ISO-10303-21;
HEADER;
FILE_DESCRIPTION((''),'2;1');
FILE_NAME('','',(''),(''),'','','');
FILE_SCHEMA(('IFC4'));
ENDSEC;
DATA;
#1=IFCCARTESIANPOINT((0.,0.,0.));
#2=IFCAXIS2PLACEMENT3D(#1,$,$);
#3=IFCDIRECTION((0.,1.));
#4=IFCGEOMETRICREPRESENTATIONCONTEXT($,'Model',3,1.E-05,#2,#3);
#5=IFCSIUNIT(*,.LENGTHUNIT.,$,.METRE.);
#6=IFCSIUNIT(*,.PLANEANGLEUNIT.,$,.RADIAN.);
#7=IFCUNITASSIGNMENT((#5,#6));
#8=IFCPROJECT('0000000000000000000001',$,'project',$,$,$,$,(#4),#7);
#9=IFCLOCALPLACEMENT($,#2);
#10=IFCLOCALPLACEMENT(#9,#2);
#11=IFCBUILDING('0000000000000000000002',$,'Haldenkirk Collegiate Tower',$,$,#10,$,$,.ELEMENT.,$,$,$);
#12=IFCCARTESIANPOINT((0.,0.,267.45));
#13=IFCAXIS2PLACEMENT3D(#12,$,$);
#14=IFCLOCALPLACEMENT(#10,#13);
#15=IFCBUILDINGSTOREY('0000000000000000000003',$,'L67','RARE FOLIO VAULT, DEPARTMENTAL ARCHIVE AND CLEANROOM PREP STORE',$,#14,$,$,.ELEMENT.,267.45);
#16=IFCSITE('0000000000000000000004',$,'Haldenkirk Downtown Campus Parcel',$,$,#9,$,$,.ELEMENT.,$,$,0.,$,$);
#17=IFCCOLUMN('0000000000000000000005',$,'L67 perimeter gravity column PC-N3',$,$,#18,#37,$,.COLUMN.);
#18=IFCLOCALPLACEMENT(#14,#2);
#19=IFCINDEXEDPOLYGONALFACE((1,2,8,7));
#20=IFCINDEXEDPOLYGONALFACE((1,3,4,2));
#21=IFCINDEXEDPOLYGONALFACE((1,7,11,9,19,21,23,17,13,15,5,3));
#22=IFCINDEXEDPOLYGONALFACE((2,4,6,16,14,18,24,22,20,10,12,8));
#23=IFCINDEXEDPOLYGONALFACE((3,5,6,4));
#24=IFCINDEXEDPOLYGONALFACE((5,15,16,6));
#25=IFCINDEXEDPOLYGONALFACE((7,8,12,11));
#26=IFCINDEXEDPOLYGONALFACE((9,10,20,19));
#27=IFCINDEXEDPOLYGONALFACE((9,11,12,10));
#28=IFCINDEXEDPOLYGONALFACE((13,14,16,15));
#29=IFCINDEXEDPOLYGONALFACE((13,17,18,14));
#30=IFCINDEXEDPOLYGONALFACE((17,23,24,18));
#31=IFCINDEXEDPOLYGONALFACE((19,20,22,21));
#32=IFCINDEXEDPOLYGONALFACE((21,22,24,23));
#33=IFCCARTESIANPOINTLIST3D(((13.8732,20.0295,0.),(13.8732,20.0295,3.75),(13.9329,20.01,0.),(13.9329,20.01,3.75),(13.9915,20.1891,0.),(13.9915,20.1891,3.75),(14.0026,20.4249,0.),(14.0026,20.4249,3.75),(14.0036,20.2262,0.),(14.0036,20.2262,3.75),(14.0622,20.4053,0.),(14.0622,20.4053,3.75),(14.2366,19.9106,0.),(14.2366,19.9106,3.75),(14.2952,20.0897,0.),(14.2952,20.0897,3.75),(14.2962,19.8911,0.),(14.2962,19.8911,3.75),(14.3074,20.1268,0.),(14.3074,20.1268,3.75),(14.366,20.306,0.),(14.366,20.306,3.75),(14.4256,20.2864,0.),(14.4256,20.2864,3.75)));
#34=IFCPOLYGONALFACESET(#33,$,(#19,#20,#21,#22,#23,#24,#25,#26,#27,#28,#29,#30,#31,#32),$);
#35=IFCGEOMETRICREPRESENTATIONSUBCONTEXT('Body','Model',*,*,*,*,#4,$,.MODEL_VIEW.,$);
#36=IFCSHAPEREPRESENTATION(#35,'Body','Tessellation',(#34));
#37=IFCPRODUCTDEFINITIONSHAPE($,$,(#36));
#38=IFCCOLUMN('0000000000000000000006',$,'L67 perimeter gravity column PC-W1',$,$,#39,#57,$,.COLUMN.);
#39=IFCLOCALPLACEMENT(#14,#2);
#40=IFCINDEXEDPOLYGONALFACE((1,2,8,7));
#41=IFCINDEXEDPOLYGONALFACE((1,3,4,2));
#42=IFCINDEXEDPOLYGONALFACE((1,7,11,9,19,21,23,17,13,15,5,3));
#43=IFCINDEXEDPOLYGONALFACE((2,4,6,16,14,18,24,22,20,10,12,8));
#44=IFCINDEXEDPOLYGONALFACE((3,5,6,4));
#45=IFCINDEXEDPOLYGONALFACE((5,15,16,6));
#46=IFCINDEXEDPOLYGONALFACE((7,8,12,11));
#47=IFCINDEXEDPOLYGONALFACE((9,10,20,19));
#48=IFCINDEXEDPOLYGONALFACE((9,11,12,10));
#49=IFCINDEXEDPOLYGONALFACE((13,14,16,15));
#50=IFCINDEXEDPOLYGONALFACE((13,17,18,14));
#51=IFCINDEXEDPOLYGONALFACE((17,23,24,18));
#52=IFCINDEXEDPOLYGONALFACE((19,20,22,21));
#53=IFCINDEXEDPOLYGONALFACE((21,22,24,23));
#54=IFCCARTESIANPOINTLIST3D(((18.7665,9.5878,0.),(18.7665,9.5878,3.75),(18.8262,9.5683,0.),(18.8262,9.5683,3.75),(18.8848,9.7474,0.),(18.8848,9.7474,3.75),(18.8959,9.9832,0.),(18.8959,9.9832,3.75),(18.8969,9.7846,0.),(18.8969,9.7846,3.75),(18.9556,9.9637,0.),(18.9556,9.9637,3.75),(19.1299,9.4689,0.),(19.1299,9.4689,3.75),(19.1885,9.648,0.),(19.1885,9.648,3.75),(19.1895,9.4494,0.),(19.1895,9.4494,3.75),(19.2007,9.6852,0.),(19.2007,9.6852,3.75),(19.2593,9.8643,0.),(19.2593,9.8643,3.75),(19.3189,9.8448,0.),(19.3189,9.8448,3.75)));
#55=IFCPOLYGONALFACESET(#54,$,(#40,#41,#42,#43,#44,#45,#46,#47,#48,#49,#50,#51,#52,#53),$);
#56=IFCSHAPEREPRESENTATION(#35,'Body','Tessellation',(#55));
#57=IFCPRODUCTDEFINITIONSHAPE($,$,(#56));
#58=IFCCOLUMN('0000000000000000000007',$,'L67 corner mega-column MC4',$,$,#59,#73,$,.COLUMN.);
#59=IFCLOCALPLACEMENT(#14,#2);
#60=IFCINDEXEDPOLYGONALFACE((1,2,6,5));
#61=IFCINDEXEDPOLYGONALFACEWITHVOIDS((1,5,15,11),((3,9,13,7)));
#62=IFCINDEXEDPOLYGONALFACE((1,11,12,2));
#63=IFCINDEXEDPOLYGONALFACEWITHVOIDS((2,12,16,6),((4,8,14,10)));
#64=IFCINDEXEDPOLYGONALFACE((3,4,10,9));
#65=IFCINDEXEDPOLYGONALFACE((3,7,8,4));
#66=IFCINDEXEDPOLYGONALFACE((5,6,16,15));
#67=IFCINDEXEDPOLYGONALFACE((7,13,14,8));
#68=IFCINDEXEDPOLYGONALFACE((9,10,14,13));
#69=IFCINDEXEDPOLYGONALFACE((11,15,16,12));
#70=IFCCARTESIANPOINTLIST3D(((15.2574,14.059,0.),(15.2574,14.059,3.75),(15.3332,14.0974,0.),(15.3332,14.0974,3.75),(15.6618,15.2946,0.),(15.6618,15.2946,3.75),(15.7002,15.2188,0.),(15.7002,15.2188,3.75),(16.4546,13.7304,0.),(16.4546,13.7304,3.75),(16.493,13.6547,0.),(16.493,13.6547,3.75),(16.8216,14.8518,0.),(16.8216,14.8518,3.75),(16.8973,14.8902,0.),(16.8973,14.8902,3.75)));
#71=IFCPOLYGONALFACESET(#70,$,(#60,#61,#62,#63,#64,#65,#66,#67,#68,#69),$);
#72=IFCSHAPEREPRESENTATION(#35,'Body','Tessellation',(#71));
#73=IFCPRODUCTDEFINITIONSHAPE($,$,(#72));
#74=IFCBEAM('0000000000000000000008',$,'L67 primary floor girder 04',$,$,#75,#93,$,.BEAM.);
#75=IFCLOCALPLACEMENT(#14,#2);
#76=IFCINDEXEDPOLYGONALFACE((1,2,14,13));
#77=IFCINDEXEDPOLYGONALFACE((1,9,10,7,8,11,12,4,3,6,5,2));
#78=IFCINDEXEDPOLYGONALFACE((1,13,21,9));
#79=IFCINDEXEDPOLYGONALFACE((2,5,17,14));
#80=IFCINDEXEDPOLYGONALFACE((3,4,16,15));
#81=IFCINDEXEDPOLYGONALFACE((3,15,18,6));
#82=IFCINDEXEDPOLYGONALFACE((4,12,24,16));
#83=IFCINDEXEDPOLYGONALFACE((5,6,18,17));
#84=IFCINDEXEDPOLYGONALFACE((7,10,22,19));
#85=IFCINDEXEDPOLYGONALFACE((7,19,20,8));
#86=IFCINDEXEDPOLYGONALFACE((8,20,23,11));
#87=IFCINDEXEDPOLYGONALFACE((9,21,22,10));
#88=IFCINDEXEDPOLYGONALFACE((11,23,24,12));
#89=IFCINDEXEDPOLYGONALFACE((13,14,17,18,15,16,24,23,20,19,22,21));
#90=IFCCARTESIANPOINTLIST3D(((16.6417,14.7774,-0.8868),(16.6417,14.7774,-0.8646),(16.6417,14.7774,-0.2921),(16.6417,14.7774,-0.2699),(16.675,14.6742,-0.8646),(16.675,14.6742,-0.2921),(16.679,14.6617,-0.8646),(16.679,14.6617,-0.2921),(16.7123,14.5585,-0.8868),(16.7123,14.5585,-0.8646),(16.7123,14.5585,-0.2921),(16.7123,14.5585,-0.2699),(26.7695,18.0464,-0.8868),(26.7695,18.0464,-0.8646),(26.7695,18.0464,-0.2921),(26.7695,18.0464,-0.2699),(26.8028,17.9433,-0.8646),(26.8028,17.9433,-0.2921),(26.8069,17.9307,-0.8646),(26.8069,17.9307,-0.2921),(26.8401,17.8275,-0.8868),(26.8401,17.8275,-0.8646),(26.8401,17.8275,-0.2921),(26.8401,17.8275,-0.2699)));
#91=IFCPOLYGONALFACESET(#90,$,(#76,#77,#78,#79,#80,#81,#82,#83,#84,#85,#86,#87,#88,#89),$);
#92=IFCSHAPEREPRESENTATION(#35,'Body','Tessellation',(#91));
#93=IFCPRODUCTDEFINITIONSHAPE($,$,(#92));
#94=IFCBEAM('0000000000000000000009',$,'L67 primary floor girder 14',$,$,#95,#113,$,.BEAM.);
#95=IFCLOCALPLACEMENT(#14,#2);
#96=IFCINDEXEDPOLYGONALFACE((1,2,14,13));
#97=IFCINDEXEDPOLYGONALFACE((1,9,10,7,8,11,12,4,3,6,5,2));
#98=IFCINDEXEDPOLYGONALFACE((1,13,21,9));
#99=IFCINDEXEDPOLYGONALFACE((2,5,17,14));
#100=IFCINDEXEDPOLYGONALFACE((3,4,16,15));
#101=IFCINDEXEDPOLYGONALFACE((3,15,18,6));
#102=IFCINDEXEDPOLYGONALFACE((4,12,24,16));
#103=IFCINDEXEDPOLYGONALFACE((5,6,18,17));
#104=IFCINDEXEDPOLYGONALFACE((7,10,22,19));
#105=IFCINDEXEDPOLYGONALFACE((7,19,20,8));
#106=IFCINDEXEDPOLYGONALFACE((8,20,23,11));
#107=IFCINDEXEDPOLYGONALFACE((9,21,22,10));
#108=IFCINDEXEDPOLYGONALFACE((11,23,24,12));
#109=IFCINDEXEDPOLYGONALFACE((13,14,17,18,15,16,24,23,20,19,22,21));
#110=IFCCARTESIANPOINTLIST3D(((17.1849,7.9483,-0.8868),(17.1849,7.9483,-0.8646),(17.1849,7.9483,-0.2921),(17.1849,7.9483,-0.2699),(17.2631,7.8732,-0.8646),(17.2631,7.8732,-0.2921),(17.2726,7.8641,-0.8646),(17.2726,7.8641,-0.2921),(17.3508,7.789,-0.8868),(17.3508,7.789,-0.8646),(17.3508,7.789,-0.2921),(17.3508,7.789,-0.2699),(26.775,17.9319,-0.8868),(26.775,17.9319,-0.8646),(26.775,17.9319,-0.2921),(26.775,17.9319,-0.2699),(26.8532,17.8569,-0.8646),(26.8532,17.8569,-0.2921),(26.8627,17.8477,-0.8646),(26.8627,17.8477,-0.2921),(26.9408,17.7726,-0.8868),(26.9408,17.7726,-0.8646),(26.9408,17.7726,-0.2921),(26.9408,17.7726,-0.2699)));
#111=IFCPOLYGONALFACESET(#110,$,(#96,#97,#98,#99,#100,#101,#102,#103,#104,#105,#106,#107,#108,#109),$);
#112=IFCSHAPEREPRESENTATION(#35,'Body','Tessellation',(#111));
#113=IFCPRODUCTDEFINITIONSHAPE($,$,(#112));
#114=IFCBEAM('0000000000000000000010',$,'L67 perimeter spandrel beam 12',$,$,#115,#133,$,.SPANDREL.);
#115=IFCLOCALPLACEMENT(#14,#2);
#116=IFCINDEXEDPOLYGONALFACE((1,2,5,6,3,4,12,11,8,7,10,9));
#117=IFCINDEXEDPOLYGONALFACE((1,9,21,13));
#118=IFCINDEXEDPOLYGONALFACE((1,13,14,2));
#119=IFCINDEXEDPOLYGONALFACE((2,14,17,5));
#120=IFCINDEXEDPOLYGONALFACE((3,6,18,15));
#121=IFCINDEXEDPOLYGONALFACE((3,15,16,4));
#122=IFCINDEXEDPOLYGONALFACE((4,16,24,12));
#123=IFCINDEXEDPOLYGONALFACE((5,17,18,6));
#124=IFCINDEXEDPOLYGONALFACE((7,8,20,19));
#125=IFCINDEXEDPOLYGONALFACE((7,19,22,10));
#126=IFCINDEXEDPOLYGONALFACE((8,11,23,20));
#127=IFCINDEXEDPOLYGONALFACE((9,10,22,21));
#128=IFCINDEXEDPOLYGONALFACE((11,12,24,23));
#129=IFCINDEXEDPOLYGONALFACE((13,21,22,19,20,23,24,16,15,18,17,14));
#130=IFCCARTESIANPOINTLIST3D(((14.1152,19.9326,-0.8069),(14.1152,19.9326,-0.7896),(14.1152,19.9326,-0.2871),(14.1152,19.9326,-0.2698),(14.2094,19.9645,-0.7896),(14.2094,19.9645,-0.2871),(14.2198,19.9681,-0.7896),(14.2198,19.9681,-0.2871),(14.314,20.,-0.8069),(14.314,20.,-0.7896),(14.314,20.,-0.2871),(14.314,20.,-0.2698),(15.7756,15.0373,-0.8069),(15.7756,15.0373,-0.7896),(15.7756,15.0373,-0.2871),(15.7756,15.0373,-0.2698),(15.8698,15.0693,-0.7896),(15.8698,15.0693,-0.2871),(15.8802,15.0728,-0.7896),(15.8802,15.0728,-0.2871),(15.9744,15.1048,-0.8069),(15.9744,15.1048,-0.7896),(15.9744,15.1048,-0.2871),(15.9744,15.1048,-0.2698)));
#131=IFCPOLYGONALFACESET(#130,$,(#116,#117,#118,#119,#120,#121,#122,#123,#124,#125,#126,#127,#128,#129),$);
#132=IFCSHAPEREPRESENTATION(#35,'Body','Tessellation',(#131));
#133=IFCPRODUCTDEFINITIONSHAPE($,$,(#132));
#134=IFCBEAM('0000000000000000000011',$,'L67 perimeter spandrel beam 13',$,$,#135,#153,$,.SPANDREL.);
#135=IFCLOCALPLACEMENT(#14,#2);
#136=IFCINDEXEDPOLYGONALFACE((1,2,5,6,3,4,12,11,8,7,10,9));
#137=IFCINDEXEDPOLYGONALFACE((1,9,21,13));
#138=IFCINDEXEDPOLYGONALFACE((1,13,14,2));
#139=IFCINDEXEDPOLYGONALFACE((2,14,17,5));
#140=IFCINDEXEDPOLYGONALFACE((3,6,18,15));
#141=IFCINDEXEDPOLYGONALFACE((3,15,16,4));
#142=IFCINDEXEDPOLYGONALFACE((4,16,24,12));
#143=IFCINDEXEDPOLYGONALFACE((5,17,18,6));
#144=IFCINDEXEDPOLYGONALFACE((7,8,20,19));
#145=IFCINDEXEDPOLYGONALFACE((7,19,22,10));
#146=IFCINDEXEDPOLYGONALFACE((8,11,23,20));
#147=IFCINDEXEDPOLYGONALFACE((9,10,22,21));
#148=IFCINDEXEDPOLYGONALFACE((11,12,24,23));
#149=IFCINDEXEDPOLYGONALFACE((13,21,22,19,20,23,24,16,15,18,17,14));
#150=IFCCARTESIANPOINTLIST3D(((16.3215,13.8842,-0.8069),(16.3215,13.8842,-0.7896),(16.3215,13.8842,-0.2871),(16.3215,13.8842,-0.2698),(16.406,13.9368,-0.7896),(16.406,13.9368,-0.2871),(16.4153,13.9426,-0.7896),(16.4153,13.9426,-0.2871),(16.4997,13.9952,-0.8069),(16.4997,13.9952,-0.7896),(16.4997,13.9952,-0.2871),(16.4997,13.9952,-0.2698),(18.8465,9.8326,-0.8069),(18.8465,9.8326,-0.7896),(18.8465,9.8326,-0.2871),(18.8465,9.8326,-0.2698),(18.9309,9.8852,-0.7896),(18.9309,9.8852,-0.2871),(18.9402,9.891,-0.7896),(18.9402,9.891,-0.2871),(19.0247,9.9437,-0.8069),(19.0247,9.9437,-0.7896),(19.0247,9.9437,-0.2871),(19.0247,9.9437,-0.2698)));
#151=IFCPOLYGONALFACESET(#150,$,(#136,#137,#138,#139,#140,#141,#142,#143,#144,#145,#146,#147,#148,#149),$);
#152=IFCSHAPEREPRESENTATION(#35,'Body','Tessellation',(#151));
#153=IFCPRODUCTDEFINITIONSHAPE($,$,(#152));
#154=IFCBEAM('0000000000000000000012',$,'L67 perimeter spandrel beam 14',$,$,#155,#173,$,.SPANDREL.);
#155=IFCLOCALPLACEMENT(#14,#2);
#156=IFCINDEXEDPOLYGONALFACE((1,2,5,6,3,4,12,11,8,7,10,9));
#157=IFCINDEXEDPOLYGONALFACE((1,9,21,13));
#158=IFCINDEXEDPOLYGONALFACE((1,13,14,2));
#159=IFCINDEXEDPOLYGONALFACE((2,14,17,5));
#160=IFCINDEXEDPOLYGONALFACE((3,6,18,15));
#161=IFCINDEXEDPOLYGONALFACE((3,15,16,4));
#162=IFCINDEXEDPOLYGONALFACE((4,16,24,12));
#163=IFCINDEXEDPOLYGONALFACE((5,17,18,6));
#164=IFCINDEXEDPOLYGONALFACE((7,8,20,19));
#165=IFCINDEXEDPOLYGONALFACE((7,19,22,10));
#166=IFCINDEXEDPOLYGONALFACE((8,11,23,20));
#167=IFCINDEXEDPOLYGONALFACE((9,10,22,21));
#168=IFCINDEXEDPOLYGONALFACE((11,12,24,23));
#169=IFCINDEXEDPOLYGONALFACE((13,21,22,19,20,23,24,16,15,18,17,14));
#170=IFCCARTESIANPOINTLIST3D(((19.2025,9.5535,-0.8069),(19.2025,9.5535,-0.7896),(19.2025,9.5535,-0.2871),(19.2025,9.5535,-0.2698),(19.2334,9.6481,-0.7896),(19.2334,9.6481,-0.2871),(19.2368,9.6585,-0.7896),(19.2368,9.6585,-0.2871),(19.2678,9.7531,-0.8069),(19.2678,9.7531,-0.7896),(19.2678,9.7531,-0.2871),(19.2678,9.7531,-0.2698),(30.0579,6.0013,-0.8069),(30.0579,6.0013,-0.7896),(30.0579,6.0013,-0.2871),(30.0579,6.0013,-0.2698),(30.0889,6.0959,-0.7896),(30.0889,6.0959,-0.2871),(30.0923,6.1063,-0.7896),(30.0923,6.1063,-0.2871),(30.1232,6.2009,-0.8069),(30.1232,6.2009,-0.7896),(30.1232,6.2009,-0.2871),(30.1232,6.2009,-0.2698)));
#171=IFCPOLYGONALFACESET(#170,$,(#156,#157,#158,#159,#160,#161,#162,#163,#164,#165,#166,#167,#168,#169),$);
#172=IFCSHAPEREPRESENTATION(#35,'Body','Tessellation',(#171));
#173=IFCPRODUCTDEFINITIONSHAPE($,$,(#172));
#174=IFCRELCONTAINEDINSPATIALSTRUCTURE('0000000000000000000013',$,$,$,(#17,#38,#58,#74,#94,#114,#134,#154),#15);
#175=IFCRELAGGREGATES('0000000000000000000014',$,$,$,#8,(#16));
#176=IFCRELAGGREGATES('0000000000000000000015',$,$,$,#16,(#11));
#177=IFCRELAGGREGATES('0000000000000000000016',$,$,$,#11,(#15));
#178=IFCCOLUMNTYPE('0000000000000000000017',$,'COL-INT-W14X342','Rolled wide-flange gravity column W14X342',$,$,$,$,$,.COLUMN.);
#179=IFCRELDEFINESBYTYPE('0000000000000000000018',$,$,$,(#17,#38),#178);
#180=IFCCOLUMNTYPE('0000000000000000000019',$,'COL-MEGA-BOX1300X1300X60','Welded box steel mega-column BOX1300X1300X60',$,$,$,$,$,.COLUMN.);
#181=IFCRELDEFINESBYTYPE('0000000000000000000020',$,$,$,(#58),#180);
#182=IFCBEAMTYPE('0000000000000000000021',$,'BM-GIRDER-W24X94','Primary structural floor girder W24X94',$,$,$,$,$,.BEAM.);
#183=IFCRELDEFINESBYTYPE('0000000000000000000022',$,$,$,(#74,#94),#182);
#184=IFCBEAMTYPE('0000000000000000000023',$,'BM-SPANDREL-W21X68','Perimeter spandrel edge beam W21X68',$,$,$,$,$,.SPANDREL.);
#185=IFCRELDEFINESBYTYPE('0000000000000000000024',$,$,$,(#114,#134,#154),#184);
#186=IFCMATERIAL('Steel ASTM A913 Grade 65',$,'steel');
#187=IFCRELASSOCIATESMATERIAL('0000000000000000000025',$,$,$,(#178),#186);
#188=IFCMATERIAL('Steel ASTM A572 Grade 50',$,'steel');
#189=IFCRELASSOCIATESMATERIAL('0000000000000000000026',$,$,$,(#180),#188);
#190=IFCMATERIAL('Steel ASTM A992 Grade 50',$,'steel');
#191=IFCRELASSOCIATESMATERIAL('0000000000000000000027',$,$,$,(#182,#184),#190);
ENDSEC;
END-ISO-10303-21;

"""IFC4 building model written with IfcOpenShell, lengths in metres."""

from ifc_helpers import new_model, si_unit, direction, frame, origin, origin_2d, place, context, subcontext, project, spatial, hollow_rectangle, i_section, extrude, material, material_profile, profile_set, type_object, element, save


model = new_model("IFC4")

# Units and contexts
model_context = context("Model", 3, precision=1e-05, world=origin(), true_north=direction((0.0, 1.0)))
body_context = subcontext(model_context, "Body", "Model", "MODEL_VIEW")
ifc_project = project(units=[si_unit("LENGTHUNIT", "METRE"), si_unit("PLANEANGLEUNIT", "RADIAN")], contexts=[model_context])

# Site, building, storey
site_placement = place(None, origin())
site = spatial("IfcSite", under=ifc_project, at=site_placement, Name="Haldenkirk Downtown Campus Parcel", CompositionType="ELEMENT", RefElevation=0.0)
building_placement = place(site_placement, origin())
building = spatial("IfcBuilding", under=site, at=building_placement, Name="Haldenkirk Collegiate Tower", CompositionType="ELEMENT")
storey_placement = place(building_placement, frame((0.0, 0.0, 267.45)))
storey = spatial("IfcBuildingStorey", under=building, at=storey_placement, Name="L67", Description="RARE FOLIO VAULT, DEPARTMENTAL ARCHIVE AND CLEANROOM PREP STORE", CompositionType="ELEMENT", Elevation=267.45)

# Columns
ifc_material_1 = material(Name="Steel ASTM A913 Grade 65", Category="steel")
ifc_material_profile_1 = material_profile(ifc_material_1, i_section(OverallWidth=0.416, OverallDepth=0.4451, WebThickness=0.0391, FlangeThickness=0.0627, at=origin_2d()), Name="W14X342")
ifc_profile_set_1 = profile_set([ifc_material_profile_1], Name="Steel ASTM A913 Grade 65")
column_type_1 = type_object("IfcColumnType", Name="COL-INT-W14X342", Description="Rolled wide-flange gravity column W14X342", PredefinedType="COLUMN", material=ifc_profile_set_1)
for number, where, z_axis, x_axis, name in (
    (1, (14.1494, 20.158, 0.0), (0.0, 0.0, 1.0), (0.311008, 0.950407, 0.0), "L67 perimeter gravity column PC-N3"),
    (2, (19.0427, 9.7163, 0.0), (0.0, 0.0, 1.0), (0.311008, 0.950407, 0.0), "L67 perimeter gravity column PC-W1"),
):
    element("IfcColumn", number, at=place(storey_placement, frame(where, z_axis=z_axis, x_axis=x_axis)), inside=storey, type_object=column_type_1, Name=name, PredefinedType="COLUMN", context=body_context, shape_type="SweptSolid", body=[
        extrude(i_section(OverallWidth=0.416, OverallDepth=0.4451, WebThickness=0.0391, FlangeThickness=0.0627, at=origin_2d()), origin(), (0.0, 0.0, 1.0), 3.75),
    ])
ifc_material_2 = material(Name="Steel ASTM A572 Grade 50", Category="steel")
ifc_material_profile_2 = material_profile(ifc_material_2, hollow_rectangle(XDim=1.3, YDim=1.3, WallThickness=0.0601, at=origin_2d()), Name="BOX1300X1300X60")
ifc_profile_set_2 = profile_set([ifc_material_profile_2], Name="Steel ASTM A572 Grade 50")
column_type_2 = type_object("IfcColumnType", Name="COL-MEGA-BOX1300X1300X60", Description="Welded box steel mega-column BOX1300X1300X60", PredefinedType="COLUMN", material=ifc_profile_set_2)
column_placement = place(storey_placement, frame((16.0774, 14.4746, 0.0), z_axis=(0.0, 0.0, 1.0), x_axis=(0.311008, 0.950407, 0.0)))
element("IfcColumn", 3, at=column_placement, inside=storey, type_object=column_type_2, Name="L67 corner mega-column MC4", PredefinedType="COLUMN", context=body_context, shape_type="SweptSolid", body=[
    extrude(hollow_rectangle(XDim=1.3, YDim=1.3, WallThickness=0.0601, at=origin_2d()), origin(), (0.0, 0.0, 1.0), 3.75),
])

# Beams
ifc_material_3 = material(Name="Steel ASTM A992 Grade 50", Category="steel")
ifc_material_profile_3 = material_profile(ifc_material_3, i_section(OverallWidth=0.23, OverallDepth=0.6169, WebThickness=0.0132, FlangeThickness=0.0222, at=origin_2d()), Name="W24X94")
ifc_profile_set_3 = profile_set([ifc_material_profile_3], Name="Steel ASTM A992 Grade 50")
beam_type_1 = type_object("IfcBeamType", Name="BM-GIRDER-W24X94", Description="Primary structural floor girder W24X94", PredefinedType="BEAM", material=ifc_profile_set_3)
beam_1_placement = place(storey_placement, frame((16.677, 14.668, -0.5784), z_axis=(0.951655, 0.30717, 0.0), x_axis=(-0.30717, 0.951655, 0.0)))
element("IfcBeam", 4, at=beam_1_placement, inside=storey, type_object=beam_type_1, Name="L67 primary floor girder 04", PredefinedType="BEAM", context=body_context, shape_type="SweptSolid", body=[
    extrude(i_section(OverallWidth=0.23, OverallDepth=0.6169, WebThickness=0.0132, FlangeThickness=0.0222, at=origin_2d()), origin(), (0.0, 0.0, 1.0), 10.6423),
])
beam_2_placement = place(storey_placement, frame((17.2678, 7.8687, -0.5784), z_axis=(0.692749, 0.721178, 0.0), x_axis=(-0.721178, 0.692749, 0.0)))
element("IfcBeam", 5, at=beam_2_placement, inside=storey, type_object=beam_type_1, Name="L67 primary floor girder 14", PredefinedType="BEAM", context=body_context, shape_type="SweptSolid", body=[
    extrude(i_section(OverallWidth=0.23, OverallDepth=0.6169, WebThickness=0.0132, FlangeThickness=0.0222, at=origin_2d()), origin(), (0.0, 0.0, 1.0), 13.8435),
])
ifc_material_profile_4 = material_profile(ifc_material_3, i_section(OverallWidth=0.21, OverallDepth=0.5371, WebThickness=0.011, FlangeThickness=0.0173, at=origin_2d()), Name="W21X68")
ifc_profile_set_4 = profile_set([ifc_material_profile_4], Name="Steel ASTM A992 Grade 50")
beam_type_2 = type_object("IfcBeamType", Name="BM-SPANDREL-W21X68", Description="Perimeter spandrel edge beam W21X68", PredefinedType="SPANDREL", material=ifc_profile_set_4)
beam_3_placement = place(storey_placement, frame((14.2146, 19.9663, -0.5383), z_axis=(0.321211, -0.947008, 0.0), x_axis=(0.947008, 0.321211, 0.0)))
element("IfcBeam", 6, at=beam_3_placement, inside=storey, type_object=beam_type_2, Name="L67 perimeter spandrel beam 12", PredefinedType="SPANDREL", context=body_context, shape_type="SweptSolid", body=[
    extrude(i_section(OverallWidth=0.21, OverallDepth=0.5371, WebThickness=0.011, FlangeThickness=0.0173, at=origin_2d()), origin(), (0.0, 0.0, 1.0), 5.1692),
])
beam_4_placement = place(storey_placement, frame((16.4106, 13.9397, -0.5383), z_axis=(0.5289, -0.848684, 0.0), x_axis=(0.848684, 0.5289, 0.0)))
element("IfcBeam", 7, at=beam_4_placement, inside=storey, type_object=beam_type_2, Name="L67 perimeter spandrel beam 13", PredefinedType="SPANDREL", context=body_context, shape_type="SweptSolid", body=[
    extrude(i_section(OverallWidth=0.21, OverallDepth=0.5371, WebThickness=0.011, FlangeThickness=0.0173, at=origin_2d()), origin(), (0.0, 0.0, 1.0), 4.7739),
])
beam_5_placement = place(storey_placement, frame((19.2351, 9.6533, -0.5383), z_axis=(0.950409, -0.311003, 0.0), x_axis=(0.311003, 0.950409, 0.0)))
element("IfcBeam", 8, at=beam_5_placement, inside=storey, type_object=beam_type_2, Name="L67 perimeter spandrel beam 14", PredefinedType="SPANDREL", context=body_context, shape_type="SweptSolid", body=[
    extrude(i_section(OverallWidth=0.21, OverallDepth=0.5371, WebThickness=0.011, FlangeThickness=0.0173, at=origin_2d()), origin(), (0.0, 0.0, 1.0), 11.4219),
])

save(model, "model.ifc")
